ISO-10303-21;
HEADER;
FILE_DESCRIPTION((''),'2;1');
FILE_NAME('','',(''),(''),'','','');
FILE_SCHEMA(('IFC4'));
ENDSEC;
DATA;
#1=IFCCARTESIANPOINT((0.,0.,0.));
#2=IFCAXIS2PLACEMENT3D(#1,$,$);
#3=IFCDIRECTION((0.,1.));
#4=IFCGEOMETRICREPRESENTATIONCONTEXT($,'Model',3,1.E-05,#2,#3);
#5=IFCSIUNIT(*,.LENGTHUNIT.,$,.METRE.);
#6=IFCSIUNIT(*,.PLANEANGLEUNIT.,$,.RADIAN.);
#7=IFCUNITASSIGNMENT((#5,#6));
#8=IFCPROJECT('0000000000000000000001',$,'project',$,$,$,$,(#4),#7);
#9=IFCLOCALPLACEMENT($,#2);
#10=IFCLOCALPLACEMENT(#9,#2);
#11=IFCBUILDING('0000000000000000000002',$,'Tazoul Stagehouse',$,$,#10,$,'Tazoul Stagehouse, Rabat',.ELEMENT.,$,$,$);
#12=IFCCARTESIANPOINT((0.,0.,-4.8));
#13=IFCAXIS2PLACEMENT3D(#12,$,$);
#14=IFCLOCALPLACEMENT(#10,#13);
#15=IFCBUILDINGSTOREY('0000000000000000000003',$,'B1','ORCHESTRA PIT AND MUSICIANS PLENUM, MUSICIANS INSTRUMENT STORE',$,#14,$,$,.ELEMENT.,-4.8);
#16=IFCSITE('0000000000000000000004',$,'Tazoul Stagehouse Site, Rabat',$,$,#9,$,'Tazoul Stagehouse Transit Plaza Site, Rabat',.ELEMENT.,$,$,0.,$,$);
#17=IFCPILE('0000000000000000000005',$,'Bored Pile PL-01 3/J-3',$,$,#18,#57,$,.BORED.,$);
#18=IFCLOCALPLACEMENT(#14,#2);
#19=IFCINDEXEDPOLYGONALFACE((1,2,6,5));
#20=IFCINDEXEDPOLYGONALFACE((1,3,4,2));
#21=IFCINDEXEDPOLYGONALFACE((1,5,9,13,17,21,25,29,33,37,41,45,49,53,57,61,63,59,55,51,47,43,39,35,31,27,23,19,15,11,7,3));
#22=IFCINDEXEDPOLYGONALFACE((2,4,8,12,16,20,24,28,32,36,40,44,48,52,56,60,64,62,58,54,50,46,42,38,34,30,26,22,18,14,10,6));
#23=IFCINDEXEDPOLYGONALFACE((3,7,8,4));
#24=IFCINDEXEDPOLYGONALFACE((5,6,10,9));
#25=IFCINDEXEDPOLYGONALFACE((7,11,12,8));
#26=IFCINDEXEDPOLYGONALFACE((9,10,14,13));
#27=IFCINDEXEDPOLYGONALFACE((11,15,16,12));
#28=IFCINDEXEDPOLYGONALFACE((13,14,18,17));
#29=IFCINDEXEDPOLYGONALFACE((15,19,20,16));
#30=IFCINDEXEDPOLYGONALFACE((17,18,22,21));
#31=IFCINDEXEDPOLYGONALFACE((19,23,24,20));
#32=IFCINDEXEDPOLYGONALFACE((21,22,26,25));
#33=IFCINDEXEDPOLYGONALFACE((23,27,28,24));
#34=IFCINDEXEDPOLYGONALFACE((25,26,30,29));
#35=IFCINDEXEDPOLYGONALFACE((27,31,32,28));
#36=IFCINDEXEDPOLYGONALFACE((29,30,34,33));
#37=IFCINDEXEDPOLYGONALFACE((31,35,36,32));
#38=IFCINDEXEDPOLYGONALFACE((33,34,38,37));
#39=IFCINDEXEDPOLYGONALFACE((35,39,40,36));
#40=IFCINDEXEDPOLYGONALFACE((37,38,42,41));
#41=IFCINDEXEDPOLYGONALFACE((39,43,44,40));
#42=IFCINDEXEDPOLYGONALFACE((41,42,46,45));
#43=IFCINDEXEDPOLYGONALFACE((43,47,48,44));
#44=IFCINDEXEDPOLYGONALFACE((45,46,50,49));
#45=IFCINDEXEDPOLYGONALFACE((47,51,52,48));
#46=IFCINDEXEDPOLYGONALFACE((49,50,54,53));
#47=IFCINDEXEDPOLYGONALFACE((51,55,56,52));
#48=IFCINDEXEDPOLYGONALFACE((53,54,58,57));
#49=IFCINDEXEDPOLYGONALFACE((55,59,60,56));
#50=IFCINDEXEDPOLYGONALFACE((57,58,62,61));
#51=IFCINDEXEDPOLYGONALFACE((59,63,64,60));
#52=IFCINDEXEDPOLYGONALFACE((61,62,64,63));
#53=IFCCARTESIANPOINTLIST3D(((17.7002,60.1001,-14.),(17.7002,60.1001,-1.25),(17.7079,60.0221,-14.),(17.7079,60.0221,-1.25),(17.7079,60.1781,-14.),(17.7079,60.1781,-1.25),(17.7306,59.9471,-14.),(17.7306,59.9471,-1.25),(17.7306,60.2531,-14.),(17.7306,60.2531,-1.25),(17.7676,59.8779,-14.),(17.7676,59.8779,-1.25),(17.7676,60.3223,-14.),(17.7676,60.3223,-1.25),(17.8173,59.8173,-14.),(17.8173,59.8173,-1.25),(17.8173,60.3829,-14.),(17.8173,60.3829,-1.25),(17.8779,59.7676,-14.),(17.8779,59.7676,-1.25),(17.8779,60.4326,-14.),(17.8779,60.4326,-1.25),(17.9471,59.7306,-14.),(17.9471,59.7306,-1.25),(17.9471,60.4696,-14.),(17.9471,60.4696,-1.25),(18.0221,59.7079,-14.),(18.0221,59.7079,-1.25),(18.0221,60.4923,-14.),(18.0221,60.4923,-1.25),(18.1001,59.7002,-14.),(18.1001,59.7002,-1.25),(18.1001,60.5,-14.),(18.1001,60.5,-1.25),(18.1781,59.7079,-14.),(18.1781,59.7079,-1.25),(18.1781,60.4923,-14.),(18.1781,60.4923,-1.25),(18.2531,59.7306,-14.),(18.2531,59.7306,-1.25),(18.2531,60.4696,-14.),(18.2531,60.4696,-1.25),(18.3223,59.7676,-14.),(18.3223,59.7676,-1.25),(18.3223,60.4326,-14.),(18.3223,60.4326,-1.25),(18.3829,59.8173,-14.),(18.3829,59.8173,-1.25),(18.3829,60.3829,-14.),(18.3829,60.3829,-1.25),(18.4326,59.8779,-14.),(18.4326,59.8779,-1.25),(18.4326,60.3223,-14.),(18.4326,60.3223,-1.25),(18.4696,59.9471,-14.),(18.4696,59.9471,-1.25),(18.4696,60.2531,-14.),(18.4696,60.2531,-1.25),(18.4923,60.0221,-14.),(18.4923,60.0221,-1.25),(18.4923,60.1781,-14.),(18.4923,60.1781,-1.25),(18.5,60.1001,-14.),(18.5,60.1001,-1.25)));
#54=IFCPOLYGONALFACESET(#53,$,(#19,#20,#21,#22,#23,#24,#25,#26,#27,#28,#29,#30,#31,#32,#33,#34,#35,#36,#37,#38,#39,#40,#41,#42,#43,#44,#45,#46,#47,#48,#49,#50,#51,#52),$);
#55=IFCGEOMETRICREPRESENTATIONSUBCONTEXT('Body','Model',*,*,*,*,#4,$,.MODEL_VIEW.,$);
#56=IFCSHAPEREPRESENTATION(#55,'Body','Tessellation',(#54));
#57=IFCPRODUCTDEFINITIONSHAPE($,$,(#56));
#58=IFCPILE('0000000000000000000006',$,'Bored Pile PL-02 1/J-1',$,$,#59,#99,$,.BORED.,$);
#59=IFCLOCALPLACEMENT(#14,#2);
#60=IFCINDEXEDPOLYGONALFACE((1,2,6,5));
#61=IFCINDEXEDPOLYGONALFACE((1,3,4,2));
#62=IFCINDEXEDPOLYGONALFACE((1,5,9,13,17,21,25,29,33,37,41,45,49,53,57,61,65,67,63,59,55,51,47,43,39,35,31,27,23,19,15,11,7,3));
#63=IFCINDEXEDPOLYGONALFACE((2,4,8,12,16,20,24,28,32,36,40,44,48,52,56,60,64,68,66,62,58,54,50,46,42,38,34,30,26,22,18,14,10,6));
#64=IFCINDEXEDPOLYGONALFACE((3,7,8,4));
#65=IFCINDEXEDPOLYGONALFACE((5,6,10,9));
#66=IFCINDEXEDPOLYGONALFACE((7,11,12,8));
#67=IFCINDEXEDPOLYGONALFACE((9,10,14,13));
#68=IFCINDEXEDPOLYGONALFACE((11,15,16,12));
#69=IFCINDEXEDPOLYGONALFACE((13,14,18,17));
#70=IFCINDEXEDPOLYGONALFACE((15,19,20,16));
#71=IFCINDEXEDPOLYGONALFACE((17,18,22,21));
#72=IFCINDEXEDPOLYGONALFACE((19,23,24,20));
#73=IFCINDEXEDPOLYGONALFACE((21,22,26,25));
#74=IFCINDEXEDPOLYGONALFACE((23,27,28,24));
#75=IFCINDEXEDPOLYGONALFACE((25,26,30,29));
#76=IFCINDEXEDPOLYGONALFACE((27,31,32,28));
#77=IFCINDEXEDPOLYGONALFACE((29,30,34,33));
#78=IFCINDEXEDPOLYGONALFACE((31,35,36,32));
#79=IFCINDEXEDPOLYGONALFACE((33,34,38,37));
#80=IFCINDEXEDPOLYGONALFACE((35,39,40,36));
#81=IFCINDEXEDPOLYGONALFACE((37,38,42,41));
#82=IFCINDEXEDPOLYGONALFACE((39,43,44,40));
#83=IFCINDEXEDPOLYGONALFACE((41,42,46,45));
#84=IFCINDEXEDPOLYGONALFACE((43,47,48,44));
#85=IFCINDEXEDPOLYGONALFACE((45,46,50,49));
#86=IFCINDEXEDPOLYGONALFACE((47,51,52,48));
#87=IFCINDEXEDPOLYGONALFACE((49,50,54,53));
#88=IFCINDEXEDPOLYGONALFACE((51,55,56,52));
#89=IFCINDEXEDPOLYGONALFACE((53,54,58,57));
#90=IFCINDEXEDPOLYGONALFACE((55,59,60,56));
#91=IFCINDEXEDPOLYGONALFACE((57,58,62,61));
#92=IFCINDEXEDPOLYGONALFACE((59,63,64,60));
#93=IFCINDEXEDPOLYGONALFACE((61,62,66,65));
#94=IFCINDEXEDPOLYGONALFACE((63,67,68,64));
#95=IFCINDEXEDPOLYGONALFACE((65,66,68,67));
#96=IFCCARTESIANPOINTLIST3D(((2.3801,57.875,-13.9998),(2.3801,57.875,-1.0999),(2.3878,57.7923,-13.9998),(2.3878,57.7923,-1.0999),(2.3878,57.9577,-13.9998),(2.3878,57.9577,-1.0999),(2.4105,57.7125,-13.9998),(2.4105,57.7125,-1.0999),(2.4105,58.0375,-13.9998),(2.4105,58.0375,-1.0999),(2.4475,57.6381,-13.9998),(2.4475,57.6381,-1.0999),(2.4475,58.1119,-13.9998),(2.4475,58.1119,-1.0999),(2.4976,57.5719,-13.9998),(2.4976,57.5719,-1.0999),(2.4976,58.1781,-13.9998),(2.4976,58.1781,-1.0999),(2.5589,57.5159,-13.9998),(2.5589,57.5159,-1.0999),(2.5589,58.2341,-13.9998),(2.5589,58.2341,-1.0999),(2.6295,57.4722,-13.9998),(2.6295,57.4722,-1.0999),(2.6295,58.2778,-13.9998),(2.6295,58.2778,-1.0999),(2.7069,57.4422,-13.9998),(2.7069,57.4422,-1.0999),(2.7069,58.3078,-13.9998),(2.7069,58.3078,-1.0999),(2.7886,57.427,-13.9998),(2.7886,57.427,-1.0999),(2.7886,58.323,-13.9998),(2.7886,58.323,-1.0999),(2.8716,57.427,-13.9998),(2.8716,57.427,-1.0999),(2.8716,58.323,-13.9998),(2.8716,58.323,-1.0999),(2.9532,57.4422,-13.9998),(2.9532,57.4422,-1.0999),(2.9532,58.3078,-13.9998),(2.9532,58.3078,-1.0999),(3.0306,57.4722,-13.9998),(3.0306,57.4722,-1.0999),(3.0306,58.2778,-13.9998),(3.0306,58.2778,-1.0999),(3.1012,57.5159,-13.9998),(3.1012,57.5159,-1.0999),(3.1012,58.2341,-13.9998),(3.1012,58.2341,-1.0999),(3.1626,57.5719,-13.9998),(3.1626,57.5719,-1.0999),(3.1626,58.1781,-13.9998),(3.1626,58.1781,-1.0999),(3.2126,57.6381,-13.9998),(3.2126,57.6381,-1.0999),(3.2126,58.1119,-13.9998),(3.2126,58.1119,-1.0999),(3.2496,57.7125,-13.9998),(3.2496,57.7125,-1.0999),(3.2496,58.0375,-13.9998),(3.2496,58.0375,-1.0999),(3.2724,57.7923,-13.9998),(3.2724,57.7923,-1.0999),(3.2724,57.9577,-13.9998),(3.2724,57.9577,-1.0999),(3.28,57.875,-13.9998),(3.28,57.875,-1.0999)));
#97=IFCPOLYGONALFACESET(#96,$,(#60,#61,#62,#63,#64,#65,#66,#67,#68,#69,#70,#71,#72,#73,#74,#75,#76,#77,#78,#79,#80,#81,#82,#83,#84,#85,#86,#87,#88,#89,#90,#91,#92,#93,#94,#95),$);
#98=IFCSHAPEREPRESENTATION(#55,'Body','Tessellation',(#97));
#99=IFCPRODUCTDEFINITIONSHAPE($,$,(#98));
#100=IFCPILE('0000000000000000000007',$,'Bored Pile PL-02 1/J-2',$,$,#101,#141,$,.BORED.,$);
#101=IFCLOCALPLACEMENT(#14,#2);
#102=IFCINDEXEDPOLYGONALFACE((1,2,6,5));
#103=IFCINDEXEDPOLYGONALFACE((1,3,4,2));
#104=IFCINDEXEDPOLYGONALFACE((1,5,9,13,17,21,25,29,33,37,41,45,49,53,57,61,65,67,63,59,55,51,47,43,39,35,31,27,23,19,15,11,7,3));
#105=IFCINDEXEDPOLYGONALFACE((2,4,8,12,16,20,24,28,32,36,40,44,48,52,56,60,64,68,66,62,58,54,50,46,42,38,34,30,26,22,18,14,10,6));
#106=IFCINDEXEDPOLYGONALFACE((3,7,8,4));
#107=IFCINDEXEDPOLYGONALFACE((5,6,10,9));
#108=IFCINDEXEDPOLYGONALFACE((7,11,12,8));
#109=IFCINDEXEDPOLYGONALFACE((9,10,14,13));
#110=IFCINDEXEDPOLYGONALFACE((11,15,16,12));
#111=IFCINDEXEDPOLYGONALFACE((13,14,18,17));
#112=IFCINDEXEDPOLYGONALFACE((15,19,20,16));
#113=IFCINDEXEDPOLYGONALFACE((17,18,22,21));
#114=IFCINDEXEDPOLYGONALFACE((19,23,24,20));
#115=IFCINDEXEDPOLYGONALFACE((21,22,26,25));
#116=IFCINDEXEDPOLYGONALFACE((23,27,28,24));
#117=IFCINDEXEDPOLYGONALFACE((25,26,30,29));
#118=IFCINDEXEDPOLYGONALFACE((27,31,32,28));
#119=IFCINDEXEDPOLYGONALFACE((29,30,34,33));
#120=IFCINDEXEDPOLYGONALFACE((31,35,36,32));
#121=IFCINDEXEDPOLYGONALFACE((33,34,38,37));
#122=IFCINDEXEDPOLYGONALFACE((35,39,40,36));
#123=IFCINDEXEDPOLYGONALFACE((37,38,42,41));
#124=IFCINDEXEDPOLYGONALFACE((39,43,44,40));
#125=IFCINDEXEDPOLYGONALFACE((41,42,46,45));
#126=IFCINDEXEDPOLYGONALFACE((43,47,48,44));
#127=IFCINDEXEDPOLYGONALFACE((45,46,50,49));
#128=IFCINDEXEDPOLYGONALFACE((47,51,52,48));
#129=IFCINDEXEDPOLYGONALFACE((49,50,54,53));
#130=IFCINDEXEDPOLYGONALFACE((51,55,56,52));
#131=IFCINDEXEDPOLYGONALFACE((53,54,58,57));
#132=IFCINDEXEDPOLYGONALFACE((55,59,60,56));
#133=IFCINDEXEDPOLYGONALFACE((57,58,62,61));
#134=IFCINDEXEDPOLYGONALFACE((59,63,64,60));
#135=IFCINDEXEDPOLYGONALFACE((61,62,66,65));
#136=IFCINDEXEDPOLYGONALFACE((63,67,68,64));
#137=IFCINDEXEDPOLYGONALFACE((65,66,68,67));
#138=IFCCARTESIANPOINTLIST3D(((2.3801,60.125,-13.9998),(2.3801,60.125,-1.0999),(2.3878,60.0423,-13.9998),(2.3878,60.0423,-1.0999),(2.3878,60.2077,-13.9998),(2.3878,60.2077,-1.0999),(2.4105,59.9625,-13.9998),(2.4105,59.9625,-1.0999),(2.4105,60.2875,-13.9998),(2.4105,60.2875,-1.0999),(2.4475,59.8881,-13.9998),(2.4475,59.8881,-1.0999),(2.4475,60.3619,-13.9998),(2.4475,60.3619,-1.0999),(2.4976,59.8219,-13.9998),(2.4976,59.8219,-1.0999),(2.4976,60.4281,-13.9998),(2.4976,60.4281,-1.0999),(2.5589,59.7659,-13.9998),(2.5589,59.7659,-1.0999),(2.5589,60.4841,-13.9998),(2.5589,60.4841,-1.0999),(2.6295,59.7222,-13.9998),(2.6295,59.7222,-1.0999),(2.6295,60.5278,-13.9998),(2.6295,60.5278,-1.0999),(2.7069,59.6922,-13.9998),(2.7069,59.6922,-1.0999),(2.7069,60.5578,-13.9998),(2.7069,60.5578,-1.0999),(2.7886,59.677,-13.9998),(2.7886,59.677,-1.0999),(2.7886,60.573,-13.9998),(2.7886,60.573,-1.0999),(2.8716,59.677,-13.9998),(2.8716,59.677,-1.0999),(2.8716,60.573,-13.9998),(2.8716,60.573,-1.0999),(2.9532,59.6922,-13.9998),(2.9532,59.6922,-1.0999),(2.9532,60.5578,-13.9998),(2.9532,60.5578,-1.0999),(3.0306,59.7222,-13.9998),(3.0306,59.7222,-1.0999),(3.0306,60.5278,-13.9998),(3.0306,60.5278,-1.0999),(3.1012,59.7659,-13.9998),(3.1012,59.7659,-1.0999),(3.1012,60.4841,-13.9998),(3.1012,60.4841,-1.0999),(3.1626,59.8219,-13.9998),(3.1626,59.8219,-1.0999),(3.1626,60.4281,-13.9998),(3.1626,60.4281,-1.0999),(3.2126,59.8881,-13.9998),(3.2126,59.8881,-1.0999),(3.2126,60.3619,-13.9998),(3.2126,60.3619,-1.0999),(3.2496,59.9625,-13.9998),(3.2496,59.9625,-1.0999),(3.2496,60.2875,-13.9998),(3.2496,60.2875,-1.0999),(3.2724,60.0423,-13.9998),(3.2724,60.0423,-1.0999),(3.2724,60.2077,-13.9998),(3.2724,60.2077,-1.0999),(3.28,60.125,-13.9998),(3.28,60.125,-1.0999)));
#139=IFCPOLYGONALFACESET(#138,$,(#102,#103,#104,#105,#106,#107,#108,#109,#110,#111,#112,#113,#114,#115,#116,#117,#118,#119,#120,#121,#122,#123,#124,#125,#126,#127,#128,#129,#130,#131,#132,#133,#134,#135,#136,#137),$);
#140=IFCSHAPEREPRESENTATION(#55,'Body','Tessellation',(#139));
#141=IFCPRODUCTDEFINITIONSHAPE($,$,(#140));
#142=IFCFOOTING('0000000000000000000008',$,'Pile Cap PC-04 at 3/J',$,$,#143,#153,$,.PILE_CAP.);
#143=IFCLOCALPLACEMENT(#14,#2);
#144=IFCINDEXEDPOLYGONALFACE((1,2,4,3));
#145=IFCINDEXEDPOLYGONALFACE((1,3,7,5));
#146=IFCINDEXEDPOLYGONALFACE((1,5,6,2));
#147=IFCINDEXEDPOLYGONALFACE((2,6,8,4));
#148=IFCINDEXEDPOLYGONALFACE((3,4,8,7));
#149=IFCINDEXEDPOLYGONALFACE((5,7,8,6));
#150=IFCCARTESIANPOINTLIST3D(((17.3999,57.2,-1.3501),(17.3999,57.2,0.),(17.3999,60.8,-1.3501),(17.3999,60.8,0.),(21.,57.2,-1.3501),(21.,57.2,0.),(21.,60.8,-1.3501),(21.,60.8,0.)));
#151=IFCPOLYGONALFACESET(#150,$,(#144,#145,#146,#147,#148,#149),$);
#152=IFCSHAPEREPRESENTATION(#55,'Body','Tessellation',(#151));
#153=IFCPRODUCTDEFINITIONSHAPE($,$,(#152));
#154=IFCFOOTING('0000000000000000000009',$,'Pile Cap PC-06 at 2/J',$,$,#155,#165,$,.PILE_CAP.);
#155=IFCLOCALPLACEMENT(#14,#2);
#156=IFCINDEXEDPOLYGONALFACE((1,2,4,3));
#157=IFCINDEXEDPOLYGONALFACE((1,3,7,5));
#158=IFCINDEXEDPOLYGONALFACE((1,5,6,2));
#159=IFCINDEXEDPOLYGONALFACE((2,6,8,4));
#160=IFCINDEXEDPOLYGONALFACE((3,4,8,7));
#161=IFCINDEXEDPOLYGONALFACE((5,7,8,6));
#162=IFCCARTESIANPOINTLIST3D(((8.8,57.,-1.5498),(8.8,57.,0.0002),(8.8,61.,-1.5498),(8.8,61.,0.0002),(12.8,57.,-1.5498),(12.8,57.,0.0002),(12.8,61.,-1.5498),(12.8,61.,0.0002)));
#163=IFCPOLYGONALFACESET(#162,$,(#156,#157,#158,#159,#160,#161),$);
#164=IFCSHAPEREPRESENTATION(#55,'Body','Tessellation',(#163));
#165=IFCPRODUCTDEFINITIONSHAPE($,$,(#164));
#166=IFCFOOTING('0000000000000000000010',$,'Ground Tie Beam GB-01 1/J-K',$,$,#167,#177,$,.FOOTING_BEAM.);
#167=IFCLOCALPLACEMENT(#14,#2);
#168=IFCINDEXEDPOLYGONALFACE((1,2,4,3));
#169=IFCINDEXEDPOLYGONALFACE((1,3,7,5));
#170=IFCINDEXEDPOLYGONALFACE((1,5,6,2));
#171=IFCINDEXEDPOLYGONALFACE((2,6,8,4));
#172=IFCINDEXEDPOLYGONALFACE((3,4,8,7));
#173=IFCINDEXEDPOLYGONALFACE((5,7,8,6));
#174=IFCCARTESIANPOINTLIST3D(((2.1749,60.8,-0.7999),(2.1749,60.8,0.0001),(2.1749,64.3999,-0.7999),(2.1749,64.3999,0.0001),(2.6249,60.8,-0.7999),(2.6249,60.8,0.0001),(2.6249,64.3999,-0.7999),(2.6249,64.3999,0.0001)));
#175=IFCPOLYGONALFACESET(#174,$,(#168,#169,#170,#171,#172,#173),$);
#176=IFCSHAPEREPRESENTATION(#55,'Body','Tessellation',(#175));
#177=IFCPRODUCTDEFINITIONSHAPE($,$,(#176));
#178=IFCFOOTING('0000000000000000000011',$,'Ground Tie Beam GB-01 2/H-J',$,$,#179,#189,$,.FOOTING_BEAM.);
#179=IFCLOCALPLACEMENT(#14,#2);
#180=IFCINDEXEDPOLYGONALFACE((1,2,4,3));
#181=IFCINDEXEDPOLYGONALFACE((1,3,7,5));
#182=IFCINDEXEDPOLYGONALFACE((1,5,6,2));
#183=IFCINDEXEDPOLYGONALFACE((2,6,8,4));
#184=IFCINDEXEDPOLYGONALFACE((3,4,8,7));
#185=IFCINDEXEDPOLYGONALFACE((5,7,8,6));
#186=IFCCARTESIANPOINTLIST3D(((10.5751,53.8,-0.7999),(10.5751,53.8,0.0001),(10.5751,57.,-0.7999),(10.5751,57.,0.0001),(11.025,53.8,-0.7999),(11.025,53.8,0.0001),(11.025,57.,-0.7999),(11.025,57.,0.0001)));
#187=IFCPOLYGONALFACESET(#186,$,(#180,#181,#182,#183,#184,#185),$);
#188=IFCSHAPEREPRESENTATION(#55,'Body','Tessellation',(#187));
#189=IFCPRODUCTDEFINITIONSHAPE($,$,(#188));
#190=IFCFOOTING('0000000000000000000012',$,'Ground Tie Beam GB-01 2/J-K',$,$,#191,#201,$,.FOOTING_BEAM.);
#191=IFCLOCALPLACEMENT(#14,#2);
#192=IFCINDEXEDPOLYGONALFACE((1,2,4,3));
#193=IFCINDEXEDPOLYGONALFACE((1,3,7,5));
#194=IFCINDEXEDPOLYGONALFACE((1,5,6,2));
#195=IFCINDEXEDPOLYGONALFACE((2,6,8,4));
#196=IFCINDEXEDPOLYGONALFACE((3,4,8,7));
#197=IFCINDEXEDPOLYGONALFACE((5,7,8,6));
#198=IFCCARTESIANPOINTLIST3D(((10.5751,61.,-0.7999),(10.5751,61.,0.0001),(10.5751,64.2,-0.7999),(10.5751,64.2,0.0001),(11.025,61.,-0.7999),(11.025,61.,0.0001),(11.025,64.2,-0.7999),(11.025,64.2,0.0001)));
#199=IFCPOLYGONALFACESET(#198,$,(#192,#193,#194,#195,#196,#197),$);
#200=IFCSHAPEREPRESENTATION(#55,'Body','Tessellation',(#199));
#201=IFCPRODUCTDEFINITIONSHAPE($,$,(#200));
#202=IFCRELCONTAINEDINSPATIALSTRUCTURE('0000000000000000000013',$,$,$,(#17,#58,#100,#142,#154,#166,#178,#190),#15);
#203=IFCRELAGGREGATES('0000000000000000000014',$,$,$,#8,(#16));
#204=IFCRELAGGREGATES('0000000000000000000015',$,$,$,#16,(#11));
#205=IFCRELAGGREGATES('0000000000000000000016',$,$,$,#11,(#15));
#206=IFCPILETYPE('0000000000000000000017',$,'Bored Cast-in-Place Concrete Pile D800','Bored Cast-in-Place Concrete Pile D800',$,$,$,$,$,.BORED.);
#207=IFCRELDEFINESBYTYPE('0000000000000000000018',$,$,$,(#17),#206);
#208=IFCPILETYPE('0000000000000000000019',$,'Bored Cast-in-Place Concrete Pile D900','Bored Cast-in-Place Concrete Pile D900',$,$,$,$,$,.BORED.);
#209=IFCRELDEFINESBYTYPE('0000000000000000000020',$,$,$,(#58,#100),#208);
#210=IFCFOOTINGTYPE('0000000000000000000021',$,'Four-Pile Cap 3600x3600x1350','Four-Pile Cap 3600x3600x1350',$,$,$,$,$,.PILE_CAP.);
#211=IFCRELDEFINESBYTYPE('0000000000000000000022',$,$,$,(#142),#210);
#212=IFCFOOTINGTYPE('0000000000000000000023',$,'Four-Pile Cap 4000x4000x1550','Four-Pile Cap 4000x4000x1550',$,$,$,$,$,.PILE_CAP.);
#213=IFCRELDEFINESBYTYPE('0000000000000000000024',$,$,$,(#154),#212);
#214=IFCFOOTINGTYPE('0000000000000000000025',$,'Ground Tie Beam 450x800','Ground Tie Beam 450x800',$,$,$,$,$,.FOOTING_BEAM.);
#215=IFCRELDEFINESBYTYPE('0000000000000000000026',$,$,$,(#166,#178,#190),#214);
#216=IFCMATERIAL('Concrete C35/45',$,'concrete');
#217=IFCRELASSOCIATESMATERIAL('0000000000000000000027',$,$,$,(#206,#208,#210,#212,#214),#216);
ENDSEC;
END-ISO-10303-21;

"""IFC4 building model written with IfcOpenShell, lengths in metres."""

from ifc_helpers import new_model, si_unit, direction, frame, origin, origin_2d, place, context, subcontext, project, spatial, rectangle, circle, extrude, material, material_profile, profile_set, type_object, element, save


model = new_model("IFC4")

# Units and contexts
model_context = context("Model", 3, precision=1e-05, world=origin(), true_north=direction((0.0, 1.0)))
body_context = subcontext(model_context, "Body", "Model", "MODEL_VIEW")
ifc_project = project(units=[si_unit("LENGTHUNIT", "METRE"), si_unit("PLANEANGLEUNIT", "RADIAN")], contexts=[model_context])

# Site, building, storey
site_placement = place(None, origin())
site = spatial("IfcSite", under=ifc_project, at=site_placement, Name="Tazoul Stagehouse Site, Rabat", LongName="Tazoul Stagehouse Transit Plaza Site, Rabat", CompositionType="ELEMENT", RefElevation=0.0)
building_placement = place(site_placement, origin())
building = spatial("IfcBuilding", under=site, at=building_placement, Name="Tazoul Stagehouse", LongName="Tazoul Stagehouse, Rabat", CompositionType="ELEMENT")
storey_placement = place(building_placement, frame((0.0, 0.0, -4.8)))
storey = spatial("IfcBuildingStorey", under=building, at=storey_placement, Name="B1", Description="ORCHESTRA PIT AND MUSICIANS PLENUM, MUSICIANS INSTRUMENT STORE", CompositionType="ELEMENT", Elevation=-4.8)

# Piles
ifc_material_1 = material(Name="Concrete C35/45", Category="concrete")
ifc_material_profile_1 = material_profile(ifc_material_1, circle(Radius=0.3999, at=origin_2d()), Name="BORED PILE 800")
ifc_profile_set_1 = profile_set([ifc_material_profile_1], Name="Concrete C35/45")
pile_type_1 = type_object("IfcPileType", Name="Bored Cast-in-Place Concrete Pile D800", Description="Bored Cast-in-Place Concrete Pile D800", PredefinedType="BORED", material=ifc_profile_set_1)
for number, where, z_axis, x_axis, name in (
    (1, (18.1001, 60.1001, -1.25), (0.0, 0.0, -1.0), (1.0, 0.0, 0.0), "Bored Pile PL-01 3/J-3"),
):
    element("IfcPile", number, at=place(storey_placement, frame(where, z_axis=z_axis, x_axis=x_axis)), inside=storey, type_object=pile_type_1, Name=name, PredefinedType="BORED", context=body_context, shape_type="SweptSolid", body=[
        extrude(circle(Radius=0.3999, at=origin_2d()), origin(), (0.0, 0.0, 1.0), 12.75),
    ])
ifc_material_profile_2 = material_profile(ifc_material_1, circle(Radius=0.45, at=origin_2d()), Name="BORED PILE 900")
ifc_profile_set_2 = profile_set([ifc_material_profile_2], Name="Concrete C35/45")
pile_type_2 = type_object("IfcPileType", Name="Bored Cast-in-Place Concrete Pile D900", Description="Bored Cast-in-Place Concrete Pile D900", PredefinedType="BORED", material=ifc_profile_set_2)
for number, where, z_axis, x_axis, name in (
    (2, (2.8301, 57.875, -1.0999), (0.0, 0.0, -1.0), (1.0, 0.0, 0.0), "Bored Pile PL-02 1/J-1"),
    (3, (2.8301, 60.125, -1.0999), (0.0, 0.0, -1.0), (1.0, 0.0, 0.0), "Bored Pile PL-02 1/J-2"),
):
    element("IfcPile", number, at=place(storey_placement, frame(where, z_axis=z_axis, x_axis=x_axis)), inside=storey, type_object=pile_type_2, Name=name, PredefinedType="BORED", context=body_context, shape_type="SweptSolid", body=[
        extrude(circle(Radius=0.45, at=origin_2d()), origin(), (0.0, 0.0, 1.0), 12.8999),
    ])

# Footings
footing_type_1 = type_object("IfcFootingType", Name="Four-Pile Cap 3600x3600x1350", Description="Four-Pile Cap 3600x3600x1350", PredefinedType="PILE_CAP", material=ifc_material_1)
footing_1_placement = place(storey_placement, frame((19.2, 59.0, -1.3501), z_axis=(0.0, 0.0, 1.0), x_axis=(1.0, 0.0, 0.0)))
element("IfcFooting", 4, at=footing_1_placement, inside=storey, type_object=footing_type_1, Name="Pile Cap PC-04 at 3/J", PredefinedType="PILE_CAP", context=body_context, shape_type="SweptSolid", body=[
    extrude(rectangle(XDim=3.6001, YDim=3.6001, at=origin_2d()), origin(), (0.0, 0.0, 1.0), 1.3501),
])
footing_type_2 = type_object("IfcFootingType", Name="Four-Pile Cap 4000x4000x1550", Description="Four-Pile Cap 4000x4000x1550", PredefinedType="PILE_CAP", material=ifc_material_1)
footing_2_placement = place(storey_placement, frame((10.8, 59.0, -1.5498), z_axis=(0.0, 0.0, 1.0), x_axis=(1.0, 0.0, 0.0)))
element("IfcFooting", 5, at=footing_2_placement, inside=storey, type_object=footing_type_2, Name="Pile Cap PC-06 at 2/J", PredefinedType="PILE_CAP", context=body_context, shape_type="SweptSolid", body=[
    extrude(rectangle(XDim=4.0, YDim=4.0, at=origin_2d()), origin(), (0.0, 0.0, 1.0), 1.55),
])
ifc_material_profile_3 = material_profile(ifc_material_1, rectangle(XDim=0.45, YDim=0.8, at=origin_2d()), Name="RC 450x800")
ifc_profile_set_3 = profile_set([ifc_material_profile_3], Name="Concrete C35/45")
footing_type_3 = type_object("IfcFootingType", Name="Ground Tie Beam 450x800", Description="Ground Tie Beam 450x800", PredefinedType="FOOTING_BEAM", material=ifc_profile_set_3)
footing_3_placement = place(storey_placement, frame((2.3999, 60.8, -0.3999), z_axis=(0.0, 1.0, 0.0), x_axis=(-1.0, 0.0, 0.0)))
element("IfcFooting", 6, at=footing_3_placement, inside=storey, type_object=footing_type_3, Name="Ground Tie Beam GB-01 1/J-K", PredefinedType="FOOTING_BEAM", context=body_context, shape_type="SweptSolid", body=[
    extrude(rectangle(XDim=0.45, YDim=0.8, at=origin_2d()), origin(), (0.0, 0.0, 1.0), 3.5999),
])
for number, where, z_axis, x_axis, name in (
    (7, (10.8, 53.8, -0.3999), (0.0, 1.0, 0.0), (-1.0, 0.0, 0.0), "Ground Tie Beam GB-01 2/H-J"),
    (8, (10.8, 61.0, -0.3999), (0.0, 1.0, 0.0), (-1.0, 0.0, 0.0), "Ground Tie Beam GB-01 2/J-K"),
):
    element("IfcFooting", number, at=place(storey_placement, frame(where, z_axis=z_axis, x_axis=x_axis)), inside=storey, type_object=footing_type_3, Name=name, PredefinedType="FOOTING_BEAM", context=body_context, shape_type="SweptSolid", body=[
        extrude(rectangle(XDim=0.45, YDim=0.8, at=origin_2d()), origin(), (0.0, 0.0, 1.0), 3.2),
    ])

save(model, "model.ifc")
